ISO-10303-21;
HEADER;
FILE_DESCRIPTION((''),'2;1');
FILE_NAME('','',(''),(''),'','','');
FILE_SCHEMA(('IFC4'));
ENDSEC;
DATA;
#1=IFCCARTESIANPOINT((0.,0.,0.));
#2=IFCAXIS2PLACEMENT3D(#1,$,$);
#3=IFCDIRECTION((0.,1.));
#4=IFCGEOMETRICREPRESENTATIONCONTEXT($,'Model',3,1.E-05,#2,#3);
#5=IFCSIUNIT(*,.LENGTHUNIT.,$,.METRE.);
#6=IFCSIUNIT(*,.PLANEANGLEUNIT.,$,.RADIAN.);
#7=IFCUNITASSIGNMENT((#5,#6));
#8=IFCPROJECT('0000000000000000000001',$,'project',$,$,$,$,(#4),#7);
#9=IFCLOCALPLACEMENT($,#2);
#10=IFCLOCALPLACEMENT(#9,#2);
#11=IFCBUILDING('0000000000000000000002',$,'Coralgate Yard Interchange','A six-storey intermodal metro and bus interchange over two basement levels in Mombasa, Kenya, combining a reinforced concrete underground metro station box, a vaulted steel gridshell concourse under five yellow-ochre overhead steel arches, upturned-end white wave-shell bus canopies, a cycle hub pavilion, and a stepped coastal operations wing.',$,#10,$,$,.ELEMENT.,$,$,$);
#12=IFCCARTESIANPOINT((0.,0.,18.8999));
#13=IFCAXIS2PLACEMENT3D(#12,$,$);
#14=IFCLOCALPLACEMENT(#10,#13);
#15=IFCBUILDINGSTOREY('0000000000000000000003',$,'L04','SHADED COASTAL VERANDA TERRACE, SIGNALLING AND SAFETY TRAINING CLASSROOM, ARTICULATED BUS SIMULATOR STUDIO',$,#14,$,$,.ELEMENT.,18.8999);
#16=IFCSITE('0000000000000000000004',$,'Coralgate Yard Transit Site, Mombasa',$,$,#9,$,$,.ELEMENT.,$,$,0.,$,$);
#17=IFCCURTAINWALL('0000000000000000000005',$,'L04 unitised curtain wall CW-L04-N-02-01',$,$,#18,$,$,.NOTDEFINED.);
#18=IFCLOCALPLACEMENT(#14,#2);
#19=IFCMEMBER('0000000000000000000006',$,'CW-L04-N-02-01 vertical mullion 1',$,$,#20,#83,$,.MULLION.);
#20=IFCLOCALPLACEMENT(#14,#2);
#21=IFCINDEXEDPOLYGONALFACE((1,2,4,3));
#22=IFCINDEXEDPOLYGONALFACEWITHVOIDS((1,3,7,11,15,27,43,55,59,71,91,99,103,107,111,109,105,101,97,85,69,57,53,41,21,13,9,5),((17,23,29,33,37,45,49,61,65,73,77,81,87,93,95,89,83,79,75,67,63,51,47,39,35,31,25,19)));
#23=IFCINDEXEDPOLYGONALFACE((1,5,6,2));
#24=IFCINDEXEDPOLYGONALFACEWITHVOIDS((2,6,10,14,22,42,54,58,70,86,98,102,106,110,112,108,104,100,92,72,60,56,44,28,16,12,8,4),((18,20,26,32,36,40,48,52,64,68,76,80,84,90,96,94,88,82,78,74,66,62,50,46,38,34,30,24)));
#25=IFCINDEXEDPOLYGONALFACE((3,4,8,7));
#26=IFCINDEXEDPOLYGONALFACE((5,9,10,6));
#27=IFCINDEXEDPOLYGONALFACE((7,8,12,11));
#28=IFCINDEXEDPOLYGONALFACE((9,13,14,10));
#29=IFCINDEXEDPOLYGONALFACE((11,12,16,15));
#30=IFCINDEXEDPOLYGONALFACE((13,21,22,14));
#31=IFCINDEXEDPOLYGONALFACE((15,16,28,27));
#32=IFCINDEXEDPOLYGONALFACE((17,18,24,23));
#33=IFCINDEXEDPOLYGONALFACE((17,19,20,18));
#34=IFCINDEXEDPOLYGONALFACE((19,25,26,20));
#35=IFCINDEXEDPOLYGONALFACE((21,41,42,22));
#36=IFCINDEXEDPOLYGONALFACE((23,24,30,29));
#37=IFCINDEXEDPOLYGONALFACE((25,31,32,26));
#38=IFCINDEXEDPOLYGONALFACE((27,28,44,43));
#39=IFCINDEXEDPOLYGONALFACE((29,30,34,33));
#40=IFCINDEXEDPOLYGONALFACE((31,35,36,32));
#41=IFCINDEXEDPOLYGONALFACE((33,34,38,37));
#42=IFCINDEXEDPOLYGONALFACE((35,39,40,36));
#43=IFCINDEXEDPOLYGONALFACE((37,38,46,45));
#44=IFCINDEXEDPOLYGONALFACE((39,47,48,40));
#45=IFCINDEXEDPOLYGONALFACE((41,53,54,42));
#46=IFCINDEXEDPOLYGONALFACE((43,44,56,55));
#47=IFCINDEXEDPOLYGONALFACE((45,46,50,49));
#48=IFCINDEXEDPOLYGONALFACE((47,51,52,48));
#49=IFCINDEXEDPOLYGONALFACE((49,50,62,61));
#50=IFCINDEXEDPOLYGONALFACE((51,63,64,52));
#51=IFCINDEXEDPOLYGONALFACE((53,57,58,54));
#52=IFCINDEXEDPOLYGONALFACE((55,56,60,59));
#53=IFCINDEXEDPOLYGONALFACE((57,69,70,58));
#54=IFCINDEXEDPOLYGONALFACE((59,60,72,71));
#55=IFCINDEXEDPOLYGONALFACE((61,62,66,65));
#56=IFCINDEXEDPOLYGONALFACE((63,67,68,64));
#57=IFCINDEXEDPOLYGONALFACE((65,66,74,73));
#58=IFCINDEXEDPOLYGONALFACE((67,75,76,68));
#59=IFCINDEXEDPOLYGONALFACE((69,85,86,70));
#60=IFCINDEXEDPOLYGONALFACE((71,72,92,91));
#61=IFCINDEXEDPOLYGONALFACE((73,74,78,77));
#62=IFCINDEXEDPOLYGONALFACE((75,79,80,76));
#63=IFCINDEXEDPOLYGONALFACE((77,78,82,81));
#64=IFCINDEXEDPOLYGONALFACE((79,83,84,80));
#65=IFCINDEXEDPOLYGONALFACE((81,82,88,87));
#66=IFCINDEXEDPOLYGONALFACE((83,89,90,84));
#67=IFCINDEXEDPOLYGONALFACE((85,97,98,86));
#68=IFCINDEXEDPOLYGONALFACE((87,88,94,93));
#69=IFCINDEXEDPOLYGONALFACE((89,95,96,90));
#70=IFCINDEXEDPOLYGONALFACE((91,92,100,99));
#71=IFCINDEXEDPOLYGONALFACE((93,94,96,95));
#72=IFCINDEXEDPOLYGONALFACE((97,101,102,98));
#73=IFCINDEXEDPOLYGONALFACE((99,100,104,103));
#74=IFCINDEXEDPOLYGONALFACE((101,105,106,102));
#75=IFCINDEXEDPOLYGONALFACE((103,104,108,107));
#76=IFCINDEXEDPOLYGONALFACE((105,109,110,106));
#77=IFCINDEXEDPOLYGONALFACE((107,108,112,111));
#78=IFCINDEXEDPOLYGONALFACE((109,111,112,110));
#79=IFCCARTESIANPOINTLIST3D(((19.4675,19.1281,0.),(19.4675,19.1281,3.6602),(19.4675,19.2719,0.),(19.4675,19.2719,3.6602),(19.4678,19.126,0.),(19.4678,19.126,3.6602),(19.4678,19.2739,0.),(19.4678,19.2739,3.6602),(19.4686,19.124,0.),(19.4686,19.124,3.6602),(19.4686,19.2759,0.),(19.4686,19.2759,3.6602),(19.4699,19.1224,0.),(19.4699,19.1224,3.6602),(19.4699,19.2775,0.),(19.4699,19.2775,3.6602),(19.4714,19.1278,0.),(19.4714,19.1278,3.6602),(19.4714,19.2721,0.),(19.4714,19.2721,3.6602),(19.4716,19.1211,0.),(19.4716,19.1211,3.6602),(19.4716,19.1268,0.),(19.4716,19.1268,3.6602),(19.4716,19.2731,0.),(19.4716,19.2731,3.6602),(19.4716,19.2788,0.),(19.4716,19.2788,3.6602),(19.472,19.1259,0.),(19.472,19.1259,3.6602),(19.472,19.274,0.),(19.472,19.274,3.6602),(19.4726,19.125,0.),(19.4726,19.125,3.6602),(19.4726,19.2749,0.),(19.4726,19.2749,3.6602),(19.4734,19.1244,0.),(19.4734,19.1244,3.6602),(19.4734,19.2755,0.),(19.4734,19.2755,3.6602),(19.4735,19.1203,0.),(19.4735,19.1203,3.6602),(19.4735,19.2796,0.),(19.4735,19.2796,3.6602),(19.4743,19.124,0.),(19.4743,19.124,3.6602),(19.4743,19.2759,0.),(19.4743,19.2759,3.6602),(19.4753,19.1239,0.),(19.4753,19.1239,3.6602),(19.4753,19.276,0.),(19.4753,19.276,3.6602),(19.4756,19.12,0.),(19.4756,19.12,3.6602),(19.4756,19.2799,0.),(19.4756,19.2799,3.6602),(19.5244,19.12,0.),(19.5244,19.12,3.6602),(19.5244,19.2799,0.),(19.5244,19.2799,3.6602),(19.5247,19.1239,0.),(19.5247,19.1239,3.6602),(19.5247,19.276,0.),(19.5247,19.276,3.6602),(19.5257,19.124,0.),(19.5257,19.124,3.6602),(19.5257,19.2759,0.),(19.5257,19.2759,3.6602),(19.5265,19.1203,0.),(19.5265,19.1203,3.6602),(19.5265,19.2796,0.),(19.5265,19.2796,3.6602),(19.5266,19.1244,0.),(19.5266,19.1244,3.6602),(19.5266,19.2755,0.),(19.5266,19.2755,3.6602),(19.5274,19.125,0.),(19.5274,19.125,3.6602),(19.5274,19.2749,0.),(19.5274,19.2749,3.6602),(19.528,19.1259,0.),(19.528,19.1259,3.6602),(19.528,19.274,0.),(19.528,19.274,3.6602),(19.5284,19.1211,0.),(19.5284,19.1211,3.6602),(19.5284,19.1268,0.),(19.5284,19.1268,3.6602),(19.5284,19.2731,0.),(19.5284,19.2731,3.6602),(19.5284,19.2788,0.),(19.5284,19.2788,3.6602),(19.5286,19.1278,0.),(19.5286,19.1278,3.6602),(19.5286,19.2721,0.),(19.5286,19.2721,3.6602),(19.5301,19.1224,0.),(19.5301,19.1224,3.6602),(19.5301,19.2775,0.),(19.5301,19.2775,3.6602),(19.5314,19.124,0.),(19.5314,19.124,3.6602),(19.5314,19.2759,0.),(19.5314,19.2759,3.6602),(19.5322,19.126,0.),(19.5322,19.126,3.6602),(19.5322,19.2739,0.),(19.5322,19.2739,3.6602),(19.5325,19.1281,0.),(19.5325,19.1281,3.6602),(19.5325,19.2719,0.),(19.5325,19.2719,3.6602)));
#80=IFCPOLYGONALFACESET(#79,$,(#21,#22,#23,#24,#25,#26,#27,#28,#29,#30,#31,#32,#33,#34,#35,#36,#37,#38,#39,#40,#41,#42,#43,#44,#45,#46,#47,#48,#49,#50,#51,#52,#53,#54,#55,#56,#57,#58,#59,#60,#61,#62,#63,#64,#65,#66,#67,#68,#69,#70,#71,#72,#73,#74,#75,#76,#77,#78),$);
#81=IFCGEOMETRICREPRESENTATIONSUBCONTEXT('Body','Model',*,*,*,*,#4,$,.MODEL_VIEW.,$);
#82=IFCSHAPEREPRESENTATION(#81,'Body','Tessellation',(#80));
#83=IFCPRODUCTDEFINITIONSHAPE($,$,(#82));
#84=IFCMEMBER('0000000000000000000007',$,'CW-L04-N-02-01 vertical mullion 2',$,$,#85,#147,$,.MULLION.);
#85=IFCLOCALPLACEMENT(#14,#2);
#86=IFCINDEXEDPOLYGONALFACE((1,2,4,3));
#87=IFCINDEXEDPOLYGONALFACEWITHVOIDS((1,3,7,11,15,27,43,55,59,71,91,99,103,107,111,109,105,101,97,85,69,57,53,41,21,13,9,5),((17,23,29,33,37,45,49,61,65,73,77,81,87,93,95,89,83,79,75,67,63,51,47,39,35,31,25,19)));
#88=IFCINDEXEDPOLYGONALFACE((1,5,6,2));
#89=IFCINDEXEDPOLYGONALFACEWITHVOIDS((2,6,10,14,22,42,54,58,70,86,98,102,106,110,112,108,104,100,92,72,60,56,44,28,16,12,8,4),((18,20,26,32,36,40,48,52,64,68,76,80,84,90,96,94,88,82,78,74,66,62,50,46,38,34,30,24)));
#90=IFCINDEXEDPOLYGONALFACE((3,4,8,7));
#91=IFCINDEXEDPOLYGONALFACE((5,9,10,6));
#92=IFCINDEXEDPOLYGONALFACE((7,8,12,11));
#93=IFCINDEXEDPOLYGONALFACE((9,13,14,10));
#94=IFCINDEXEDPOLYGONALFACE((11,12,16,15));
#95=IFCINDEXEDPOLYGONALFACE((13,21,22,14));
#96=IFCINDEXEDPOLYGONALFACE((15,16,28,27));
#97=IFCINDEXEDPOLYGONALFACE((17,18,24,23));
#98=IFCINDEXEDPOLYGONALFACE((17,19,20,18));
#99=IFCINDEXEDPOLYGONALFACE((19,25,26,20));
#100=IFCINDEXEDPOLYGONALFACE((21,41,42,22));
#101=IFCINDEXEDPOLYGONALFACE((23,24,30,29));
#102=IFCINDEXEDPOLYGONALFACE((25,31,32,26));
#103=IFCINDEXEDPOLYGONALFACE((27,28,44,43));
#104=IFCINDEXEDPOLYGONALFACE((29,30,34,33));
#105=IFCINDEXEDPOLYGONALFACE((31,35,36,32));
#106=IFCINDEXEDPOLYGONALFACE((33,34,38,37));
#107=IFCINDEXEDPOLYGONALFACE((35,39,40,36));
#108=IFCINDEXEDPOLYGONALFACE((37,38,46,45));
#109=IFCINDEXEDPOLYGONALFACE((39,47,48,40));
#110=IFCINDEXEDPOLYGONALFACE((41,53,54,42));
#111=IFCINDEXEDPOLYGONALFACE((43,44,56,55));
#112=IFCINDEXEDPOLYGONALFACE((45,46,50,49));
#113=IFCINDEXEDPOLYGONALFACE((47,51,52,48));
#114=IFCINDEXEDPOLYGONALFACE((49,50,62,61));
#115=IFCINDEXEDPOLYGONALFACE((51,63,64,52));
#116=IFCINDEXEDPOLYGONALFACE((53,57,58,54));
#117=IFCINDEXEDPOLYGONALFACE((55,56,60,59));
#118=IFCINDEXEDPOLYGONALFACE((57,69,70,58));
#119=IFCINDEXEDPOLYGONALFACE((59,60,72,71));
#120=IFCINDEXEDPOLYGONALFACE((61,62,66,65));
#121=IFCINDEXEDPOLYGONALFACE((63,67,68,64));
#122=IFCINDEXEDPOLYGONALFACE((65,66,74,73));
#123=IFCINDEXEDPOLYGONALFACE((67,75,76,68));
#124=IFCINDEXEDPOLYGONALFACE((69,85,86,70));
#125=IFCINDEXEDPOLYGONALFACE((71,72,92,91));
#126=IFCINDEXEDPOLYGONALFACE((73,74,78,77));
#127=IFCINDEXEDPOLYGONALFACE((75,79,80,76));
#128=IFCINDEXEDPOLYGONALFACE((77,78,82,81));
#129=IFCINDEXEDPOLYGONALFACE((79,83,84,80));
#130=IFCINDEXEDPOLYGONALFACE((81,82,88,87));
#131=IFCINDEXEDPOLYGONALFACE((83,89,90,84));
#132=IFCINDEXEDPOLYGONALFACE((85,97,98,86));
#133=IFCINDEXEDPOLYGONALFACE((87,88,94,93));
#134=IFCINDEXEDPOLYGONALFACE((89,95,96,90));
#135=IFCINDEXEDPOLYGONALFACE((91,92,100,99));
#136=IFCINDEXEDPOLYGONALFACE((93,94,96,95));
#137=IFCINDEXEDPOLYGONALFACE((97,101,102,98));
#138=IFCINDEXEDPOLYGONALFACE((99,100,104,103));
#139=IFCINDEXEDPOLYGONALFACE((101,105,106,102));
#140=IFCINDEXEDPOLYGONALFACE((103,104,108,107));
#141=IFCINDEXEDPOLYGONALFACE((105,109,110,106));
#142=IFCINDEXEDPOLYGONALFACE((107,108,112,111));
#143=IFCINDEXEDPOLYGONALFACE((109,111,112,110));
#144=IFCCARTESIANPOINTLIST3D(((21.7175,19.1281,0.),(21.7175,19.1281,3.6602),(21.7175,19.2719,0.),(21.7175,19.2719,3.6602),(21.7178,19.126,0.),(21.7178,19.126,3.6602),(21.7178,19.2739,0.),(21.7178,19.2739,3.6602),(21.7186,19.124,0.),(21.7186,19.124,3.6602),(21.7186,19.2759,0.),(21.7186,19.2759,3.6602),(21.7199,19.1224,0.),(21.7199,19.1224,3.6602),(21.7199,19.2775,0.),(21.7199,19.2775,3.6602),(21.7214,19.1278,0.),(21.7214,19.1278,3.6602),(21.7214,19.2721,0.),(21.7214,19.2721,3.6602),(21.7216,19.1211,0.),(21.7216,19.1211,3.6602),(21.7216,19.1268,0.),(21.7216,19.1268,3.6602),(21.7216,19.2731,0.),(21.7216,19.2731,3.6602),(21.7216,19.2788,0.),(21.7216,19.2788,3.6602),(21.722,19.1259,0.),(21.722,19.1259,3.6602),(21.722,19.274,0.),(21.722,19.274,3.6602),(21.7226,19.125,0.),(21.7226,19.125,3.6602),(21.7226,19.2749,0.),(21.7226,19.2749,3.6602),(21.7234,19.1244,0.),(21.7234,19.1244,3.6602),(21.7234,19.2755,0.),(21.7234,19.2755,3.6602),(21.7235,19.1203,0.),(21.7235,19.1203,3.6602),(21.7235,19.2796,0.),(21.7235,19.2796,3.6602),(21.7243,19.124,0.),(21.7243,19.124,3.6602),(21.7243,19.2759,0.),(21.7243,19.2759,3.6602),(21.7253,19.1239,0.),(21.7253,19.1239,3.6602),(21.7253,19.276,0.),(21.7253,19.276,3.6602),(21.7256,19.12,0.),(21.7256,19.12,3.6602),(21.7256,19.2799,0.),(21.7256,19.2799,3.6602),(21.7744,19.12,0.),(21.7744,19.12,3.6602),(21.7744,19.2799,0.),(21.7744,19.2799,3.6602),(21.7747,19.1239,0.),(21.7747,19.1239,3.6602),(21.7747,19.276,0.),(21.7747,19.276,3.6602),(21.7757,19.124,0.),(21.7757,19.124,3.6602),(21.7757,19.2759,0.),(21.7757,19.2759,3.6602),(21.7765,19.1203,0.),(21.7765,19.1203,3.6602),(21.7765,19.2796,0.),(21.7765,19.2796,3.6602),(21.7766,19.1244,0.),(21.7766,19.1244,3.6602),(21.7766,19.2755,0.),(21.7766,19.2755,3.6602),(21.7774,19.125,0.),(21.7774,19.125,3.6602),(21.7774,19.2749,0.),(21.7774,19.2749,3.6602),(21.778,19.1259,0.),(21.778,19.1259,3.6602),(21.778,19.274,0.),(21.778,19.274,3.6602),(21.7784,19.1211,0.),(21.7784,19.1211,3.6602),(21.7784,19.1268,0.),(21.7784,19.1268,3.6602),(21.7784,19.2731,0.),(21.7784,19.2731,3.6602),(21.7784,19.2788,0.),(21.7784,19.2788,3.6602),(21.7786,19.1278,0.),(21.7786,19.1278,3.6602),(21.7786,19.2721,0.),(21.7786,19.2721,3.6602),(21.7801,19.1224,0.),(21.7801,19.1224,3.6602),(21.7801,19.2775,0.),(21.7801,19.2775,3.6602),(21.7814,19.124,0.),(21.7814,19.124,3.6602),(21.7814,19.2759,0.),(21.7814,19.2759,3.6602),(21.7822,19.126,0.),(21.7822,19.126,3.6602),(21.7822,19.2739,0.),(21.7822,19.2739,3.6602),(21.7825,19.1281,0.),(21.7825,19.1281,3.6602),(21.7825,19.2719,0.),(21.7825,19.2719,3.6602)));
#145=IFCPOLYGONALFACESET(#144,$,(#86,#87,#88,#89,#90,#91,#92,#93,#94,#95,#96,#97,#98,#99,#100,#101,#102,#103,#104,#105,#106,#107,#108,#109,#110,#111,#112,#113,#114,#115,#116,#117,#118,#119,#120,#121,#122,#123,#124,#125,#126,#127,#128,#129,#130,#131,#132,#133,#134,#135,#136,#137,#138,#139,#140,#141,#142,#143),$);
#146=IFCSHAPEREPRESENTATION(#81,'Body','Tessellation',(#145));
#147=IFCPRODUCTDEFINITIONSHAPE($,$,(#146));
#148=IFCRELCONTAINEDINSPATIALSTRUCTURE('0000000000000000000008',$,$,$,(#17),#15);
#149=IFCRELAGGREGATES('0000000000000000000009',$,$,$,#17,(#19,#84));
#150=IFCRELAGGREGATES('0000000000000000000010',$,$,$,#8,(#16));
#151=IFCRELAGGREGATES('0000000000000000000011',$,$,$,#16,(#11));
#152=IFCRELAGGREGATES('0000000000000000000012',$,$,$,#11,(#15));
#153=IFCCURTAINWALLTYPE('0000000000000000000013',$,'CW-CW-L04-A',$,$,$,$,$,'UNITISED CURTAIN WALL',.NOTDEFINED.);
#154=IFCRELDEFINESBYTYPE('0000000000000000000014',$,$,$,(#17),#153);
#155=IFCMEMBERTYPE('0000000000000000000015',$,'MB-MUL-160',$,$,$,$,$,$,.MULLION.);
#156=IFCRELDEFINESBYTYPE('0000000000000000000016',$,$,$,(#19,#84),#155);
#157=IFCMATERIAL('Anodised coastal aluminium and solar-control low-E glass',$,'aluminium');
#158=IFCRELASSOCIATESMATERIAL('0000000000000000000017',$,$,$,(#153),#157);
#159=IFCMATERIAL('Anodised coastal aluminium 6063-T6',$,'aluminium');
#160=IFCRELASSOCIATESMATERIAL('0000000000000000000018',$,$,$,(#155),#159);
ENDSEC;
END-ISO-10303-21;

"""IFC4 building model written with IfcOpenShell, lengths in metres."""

from ifc_helpers import new_model, si_unit, direction, frame, origin, origin_2d, place, context, subcontext, project, spatial, hollow_rectangle, extrude, material, material_profile, profile_set, type_object, element, aggregate, save


model = new_model("IFC4")

# Units and contexts
model_context = context("Model", 3, precision=1e-05, world=origin(), true_north=direction((0.0, 1.0)))
body_context = subcontext(model_context, "Body", "Model", "MODEL_VIEW")
ifc_project = project(units=[si_unit("LENGTHUNIT", "METRE"), si_unit("PLANEANGLEUNIT", "RADIAN")], contexts=[model_context])

# Site, building, storey
site_placement = place(None, origin())
site = spatial("IfcSite", under=ifc_project, at=site_placement, Name="Coralgate Yard Transit Site, Mombasa", CompositionType="ELEMENT", RefElevation=0.0)
building_placement = place(site_placement, origin())
building = spatial("IfcBuilding", under=site, at=building_placement, Name="Coralgate Yard Interchange", Description="A six-storey intermodal metro and bus interchange over two basement levels in Mombasa, Kenya, combining a reinforced concrete underground metro station box, a vaulted steel gridshell concourse under five yellow-ochre overhead steel arches, upturned-end white wave-shell bus canopies, a cycle hub pavilion, and a stepped coastal operations wing.", CompositionType="ELEMENT")
storey_placement = place(building_placement, frame((0.0, 0.0, 18.8999)))
storey = spatial("IfcBuildingStorey", under=building, at=storey_placement, Name="L04", Description="SHADED COASTAL VERANDA TERRACE, SIGNALLING AND SAFETY TRAINING CLASSROOM, ARTICULATED BUS SIMULATOR STUDIO", CompositionType="ELEMENT", Elevation=18.8999)

# Curtain wall, members
ifc_material_1 = material(Name="Anodised coastal aluminium and solar-control low-E glass", Category="aluminium")
curtain_wall_type = type_object("IfcCurtainWallType", Name="CW-CW-L04-A", ElementType="UNITISED CURTAIN WALL", PredefinedType="NOTDEFINED", material=ifc_material_1)
curtain_wall_placement = place(storey_placement, origin())
curtain_wall = element("IfcCurtainWall", 1, at=curtain_wall_placement, inside=storey, type_object=curtain_wall_type, Name="L04 unitised curtain wall CW-L04-N-02-01", PredefinedType="NOTDEFINED")
ifc_material_2 = material(Name="Anodised coastal aluminium 6063-T6", Category="aluminium")
ifc_material_profile_1 = material_profile(ifc_material_2, hollow_rectangle(XDim=0.0649, YDim=0.1599, WallThickness=0.0039, InnerFilletRadius=0.0039, OuterFilletRadius=0.0081, at=origin_2d()), Name="ALU 65x160x4")
ifc_profile_set_1 = profile_set([ifc_material_profile_1], Name="Anodised coastal aluminium 6063-T6")
member_type_1 = type_object("IfcMemberType", Name="MB-MUL-160", PredefinedType="MULLION", material=ifc_profile_set_1)
member_1_placement = place(storey_placement, frame((19.5, 19.2, 0.0), z_axis=(0.0, 0.0, 1.0), x_axis=(1.0, 0.0, 0.0)))
member_1 = element("IfcMember", 2, at=member_1_placement, type_object=member_type_1, Name="CW-L04-N-02-01 vertical mullion 1", PredefinedType="MULLION", context=body_context, shape_type="SweptSolid", body=[
    extrude(hollow_rectangle(XDim=0.0649, YDim=0.1599, WallThickness=0.0039, InnerFilletRadius=0.0039, OuterFilletRadius=0.0081, at=origin_2d()), origin(), (0.0, 0.0, 1.0), 3.6602),
])
member_2_placement = place(storey_placement, frame((21.75, 19.2, 0.0), z_axis=(0.0, 0.0, 1.0), x_axis=(1.0, 0.0, 0.0)))
member_2 = element("IfcMember", 3, at=member_2_placement, type_object=member_type_1, Name="CW-L04-N-02-01 vertical mullion 2", PredefinedType="MULLION", context=body_context, shape_type="SweptSolid", body=[
    extrude(hollow_rectangle(XDim=0.0649, YDim=0.1599, WallThickness=0.0039, InnerFilletRadius=0.0039, OuterFilletRadius=0.0081, at=origin_2d()), origin(), (0.0, 0.0, 1.0), 3.6602),
])
aggregate(curtain_wall, [member_1, member_2])

save(model, "model.ifc")
